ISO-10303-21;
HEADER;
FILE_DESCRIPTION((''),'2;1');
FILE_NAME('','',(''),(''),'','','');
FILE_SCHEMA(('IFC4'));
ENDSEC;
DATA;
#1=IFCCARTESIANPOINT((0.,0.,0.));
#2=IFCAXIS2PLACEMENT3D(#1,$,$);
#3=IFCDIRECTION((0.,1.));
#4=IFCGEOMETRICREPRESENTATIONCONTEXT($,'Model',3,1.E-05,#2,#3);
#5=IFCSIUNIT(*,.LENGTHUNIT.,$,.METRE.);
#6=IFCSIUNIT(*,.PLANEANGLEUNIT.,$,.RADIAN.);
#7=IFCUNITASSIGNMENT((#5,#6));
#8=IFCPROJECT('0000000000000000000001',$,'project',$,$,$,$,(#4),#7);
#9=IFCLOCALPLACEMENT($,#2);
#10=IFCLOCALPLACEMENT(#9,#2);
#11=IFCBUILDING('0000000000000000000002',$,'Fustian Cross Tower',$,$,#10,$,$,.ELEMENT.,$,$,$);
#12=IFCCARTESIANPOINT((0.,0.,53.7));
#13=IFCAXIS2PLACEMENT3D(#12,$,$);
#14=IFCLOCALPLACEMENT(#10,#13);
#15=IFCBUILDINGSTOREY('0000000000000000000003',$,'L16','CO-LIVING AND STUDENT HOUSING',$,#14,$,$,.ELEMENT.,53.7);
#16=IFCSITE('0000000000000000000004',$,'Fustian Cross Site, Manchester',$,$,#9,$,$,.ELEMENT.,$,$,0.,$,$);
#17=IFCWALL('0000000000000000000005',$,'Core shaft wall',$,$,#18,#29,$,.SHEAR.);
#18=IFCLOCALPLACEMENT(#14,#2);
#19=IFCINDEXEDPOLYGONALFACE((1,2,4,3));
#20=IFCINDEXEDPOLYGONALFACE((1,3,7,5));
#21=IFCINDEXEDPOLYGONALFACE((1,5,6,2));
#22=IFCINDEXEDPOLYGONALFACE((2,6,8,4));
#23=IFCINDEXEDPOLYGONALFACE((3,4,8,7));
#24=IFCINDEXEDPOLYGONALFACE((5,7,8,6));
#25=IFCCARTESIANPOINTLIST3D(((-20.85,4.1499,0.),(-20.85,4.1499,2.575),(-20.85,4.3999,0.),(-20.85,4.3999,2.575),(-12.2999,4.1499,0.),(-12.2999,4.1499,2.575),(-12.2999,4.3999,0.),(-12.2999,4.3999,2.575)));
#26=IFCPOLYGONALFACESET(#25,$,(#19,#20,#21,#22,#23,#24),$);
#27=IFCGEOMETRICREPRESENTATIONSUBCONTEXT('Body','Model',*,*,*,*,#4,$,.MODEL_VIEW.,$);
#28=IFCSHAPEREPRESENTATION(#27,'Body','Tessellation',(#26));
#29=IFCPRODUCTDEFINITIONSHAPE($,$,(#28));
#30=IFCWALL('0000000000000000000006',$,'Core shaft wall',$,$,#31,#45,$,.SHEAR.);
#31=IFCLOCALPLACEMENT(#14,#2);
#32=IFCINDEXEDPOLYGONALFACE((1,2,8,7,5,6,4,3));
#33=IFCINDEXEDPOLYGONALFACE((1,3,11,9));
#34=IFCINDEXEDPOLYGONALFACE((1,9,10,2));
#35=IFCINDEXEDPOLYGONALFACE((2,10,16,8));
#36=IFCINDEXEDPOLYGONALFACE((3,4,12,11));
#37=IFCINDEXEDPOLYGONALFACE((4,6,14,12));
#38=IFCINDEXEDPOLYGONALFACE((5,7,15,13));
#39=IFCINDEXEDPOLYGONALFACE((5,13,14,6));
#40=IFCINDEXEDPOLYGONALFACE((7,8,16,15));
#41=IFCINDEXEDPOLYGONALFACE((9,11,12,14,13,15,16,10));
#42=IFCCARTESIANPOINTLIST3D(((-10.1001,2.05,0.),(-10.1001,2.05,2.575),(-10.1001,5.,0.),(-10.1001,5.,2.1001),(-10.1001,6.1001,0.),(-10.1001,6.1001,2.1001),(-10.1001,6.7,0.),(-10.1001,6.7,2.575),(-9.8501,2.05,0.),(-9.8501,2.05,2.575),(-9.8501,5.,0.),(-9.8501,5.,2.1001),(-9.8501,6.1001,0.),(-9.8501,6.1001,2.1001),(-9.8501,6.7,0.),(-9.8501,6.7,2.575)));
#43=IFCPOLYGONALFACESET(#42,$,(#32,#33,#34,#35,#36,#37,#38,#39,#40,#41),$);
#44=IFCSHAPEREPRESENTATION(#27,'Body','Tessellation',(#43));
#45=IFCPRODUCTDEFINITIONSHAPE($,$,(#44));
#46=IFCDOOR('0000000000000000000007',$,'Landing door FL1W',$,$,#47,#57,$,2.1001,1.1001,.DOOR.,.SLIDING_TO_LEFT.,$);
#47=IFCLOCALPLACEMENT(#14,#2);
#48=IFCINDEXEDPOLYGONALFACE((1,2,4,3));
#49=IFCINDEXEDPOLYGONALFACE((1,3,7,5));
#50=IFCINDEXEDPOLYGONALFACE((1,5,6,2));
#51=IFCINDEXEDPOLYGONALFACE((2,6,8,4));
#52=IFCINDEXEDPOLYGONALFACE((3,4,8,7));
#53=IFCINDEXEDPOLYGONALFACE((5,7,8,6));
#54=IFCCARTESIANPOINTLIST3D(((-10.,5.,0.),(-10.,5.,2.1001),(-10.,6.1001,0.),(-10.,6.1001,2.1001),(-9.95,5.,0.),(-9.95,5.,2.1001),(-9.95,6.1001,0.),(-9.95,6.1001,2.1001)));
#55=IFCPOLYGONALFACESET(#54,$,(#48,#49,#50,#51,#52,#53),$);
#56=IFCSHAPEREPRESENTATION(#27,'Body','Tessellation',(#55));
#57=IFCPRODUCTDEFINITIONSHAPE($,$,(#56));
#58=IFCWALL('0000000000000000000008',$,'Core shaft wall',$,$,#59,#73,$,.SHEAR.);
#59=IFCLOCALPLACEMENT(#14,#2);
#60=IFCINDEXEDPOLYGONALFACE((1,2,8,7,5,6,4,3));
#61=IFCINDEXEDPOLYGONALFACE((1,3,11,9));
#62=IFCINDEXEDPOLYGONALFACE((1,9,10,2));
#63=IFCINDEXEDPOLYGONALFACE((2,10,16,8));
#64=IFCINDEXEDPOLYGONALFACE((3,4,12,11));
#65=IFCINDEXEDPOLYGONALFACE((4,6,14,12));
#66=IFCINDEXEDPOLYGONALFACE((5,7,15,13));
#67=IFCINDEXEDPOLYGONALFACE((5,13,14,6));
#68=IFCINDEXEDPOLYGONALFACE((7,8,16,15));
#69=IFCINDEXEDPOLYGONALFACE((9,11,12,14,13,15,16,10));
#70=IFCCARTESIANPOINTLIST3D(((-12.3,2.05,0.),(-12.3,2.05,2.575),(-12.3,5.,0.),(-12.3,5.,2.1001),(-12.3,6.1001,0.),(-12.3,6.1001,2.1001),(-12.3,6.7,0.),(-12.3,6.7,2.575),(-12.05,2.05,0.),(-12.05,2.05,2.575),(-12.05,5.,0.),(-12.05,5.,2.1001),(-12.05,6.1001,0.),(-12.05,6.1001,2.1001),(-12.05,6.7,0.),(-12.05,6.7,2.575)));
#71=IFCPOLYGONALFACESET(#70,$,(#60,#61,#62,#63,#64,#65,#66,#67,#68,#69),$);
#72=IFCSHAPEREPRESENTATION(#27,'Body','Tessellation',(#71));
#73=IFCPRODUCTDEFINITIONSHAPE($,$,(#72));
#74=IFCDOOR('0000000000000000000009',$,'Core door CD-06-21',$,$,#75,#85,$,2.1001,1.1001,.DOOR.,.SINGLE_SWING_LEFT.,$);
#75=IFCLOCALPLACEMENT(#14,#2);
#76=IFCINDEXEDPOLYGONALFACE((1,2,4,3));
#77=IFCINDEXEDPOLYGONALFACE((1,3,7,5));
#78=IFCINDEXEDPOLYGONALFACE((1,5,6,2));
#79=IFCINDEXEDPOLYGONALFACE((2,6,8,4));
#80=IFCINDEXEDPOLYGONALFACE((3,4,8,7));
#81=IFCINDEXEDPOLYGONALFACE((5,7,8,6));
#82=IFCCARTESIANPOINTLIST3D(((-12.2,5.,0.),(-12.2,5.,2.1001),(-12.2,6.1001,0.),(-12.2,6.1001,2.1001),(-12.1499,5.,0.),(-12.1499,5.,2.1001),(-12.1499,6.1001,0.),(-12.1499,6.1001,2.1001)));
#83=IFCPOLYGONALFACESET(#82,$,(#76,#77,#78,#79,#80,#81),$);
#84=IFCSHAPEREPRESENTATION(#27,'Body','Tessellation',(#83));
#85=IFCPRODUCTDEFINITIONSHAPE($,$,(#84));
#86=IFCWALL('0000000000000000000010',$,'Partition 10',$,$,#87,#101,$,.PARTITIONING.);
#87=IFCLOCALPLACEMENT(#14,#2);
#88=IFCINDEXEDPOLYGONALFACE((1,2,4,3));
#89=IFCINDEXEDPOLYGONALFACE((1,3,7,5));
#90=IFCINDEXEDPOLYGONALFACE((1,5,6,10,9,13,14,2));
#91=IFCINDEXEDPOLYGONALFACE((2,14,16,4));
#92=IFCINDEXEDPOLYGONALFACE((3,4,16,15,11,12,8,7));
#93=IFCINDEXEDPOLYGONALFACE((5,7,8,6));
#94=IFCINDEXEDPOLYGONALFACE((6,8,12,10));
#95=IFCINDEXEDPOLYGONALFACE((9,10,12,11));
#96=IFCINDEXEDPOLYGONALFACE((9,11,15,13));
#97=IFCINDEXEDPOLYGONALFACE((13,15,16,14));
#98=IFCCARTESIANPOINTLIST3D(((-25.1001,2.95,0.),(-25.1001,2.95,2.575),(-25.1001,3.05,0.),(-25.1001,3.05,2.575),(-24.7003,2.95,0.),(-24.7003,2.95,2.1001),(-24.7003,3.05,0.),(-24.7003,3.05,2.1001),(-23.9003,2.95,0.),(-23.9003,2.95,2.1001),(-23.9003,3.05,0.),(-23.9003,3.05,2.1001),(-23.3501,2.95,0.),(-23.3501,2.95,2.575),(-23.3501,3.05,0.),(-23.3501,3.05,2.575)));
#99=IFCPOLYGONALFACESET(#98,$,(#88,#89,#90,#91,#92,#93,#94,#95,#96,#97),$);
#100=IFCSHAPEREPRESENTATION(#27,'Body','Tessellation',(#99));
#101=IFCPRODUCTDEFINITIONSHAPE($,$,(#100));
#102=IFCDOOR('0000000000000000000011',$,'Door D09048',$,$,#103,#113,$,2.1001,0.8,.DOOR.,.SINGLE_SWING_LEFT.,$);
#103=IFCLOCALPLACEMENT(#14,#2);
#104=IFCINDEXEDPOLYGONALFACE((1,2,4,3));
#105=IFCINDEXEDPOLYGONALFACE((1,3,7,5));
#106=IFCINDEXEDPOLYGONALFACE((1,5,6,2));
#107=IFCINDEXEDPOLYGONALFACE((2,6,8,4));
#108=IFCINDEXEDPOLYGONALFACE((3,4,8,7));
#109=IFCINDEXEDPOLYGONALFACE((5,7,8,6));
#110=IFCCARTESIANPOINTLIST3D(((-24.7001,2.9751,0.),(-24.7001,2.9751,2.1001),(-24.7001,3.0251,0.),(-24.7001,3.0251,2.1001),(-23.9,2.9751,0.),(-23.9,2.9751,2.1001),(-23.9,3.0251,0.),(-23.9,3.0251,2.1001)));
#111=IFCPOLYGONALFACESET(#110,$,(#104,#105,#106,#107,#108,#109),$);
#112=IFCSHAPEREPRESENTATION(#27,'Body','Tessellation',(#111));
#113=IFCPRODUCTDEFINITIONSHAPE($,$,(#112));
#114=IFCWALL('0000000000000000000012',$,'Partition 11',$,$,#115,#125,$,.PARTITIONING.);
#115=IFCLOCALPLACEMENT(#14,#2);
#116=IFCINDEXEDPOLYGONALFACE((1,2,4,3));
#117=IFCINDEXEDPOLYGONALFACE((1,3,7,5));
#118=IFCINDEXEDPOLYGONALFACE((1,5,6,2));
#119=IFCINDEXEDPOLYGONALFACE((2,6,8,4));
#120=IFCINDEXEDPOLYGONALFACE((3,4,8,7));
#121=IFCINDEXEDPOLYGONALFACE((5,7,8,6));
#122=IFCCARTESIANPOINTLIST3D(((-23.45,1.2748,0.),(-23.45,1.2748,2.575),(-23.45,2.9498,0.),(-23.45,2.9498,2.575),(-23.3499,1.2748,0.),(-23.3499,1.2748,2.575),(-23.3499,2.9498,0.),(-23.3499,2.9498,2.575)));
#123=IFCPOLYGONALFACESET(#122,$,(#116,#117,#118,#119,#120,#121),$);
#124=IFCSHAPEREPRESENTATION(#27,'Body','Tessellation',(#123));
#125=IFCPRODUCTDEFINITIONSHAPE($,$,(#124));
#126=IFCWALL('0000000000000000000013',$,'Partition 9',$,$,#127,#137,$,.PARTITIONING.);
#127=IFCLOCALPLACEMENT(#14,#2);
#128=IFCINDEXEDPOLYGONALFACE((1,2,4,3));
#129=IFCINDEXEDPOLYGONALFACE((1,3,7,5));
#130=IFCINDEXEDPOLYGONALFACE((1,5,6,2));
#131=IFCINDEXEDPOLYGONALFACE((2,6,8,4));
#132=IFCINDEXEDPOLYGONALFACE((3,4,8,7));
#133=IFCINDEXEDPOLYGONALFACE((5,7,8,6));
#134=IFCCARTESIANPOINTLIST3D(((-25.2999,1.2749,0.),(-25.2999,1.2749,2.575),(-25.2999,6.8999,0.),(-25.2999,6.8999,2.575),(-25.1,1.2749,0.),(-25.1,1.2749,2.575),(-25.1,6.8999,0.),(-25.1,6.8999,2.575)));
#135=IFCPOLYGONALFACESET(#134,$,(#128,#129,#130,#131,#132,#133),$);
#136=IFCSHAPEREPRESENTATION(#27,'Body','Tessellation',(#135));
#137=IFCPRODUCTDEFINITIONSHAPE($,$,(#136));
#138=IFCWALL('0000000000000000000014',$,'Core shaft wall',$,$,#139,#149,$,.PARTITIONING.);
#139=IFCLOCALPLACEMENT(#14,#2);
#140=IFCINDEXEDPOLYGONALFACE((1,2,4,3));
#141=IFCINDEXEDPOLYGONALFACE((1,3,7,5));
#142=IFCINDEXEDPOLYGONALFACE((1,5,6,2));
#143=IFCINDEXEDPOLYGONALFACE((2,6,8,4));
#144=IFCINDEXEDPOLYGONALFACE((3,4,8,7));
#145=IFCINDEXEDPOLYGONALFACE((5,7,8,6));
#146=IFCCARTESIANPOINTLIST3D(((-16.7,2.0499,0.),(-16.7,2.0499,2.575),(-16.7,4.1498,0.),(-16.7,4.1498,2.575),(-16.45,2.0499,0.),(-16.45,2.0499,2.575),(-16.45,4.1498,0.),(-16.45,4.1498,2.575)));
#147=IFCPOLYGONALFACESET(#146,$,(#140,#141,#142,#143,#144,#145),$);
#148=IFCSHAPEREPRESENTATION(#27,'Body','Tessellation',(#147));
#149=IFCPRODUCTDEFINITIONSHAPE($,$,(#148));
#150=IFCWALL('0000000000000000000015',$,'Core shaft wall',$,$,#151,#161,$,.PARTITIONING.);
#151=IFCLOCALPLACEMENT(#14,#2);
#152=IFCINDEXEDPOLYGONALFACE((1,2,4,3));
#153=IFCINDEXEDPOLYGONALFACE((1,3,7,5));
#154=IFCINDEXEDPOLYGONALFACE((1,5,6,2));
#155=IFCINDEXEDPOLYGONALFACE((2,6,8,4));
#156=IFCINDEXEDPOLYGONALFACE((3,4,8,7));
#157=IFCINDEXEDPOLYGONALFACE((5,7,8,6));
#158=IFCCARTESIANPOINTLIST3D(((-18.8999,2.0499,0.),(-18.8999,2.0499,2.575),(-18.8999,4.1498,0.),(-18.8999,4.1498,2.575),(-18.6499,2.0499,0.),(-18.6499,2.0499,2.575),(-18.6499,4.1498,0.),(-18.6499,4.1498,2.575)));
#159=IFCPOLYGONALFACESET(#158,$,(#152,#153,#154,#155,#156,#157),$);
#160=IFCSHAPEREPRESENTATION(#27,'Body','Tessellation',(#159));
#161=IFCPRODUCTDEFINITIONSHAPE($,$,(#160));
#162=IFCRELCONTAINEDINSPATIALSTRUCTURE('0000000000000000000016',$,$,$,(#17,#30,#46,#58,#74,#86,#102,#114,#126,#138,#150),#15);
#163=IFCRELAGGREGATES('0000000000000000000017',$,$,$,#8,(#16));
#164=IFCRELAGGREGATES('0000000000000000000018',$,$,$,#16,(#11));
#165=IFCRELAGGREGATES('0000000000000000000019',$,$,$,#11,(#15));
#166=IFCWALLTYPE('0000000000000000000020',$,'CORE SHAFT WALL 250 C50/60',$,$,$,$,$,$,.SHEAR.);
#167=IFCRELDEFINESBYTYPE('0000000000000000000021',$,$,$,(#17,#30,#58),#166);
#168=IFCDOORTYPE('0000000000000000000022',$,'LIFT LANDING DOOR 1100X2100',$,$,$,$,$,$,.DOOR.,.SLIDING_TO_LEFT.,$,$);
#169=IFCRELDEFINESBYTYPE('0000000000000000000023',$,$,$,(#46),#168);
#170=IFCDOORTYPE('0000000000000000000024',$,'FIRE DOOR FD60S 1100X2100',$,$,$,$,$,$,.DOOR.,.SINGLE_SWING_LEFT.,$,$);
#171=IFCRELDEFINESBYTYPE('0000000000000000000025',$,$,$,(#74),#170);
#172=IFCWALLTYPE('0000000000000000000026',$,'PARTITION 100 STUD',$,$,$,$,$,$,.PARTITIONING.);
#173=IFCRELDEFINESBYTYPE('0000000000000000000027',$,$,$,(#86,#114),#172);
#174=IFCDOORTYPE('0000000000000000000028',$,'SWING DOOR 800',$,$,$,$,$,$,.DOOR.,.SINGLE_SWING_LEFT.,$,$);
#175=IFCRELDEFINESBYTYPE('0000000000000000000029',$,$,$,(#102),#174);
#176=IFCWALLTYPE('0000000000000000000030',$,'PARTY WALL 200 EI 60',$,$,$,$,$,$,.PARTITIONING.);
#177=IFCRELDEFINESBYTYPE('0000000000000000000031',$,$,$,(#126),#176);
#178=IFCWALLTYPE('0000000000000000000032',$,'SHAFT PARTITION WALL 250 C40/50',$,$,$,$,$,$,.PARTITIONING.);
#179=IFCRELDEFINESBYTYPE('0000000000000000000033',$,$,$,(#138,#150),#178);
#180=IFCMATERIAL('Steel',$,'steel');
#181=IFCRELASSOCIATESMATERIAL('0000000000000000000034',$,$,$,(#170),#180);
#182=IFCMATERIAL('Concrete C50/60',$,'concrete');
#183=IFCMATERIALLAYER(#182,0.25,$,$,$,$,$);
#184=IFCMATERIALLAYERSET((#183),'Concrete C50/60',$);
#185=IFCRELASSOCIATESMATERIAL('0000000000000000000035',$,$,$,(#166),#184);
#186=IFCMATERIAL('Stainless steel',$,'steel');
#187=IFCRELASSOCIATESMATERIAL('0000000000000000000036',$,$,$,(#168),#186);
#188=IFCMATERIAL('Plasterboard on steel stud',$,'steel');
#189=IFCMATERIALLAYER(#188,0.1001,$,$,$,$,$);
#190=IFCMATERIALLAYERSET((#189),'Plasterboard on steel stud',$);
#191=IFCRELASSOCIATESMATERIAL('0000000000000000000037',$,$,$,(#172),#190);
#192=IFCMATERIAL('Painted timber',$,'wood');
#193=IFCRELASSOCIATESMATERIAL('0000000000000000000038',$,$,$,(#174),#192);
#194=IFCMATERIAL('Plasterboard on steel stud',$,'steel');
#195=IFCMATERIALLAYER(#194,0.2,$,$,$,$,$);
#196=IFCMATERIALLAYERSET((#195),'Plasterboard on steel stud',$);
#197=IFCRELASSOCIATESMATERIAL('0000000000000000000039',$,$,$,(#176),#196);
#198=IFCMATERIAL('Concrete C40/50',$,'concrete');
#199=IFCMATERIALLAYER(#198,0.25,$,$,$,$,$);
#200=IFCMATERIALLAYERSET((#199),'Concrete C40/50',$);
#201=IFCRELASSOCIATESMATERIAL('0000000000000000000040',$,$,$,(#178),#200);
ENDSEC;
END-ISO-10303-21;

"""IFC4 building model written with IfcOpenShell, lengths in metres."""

from ifc_helpers import new_model, si_unit, direction, frame, frame_2d, origin, place, context, subcontext, project, spatial, rectangle, extrude, material, layer, layer_set, type_object, element, fill, save


model = new_model("IFC4")

# Units and contexts
model_context = context("Model", 3, precision=1e-05, world=origin(), true_north=direction((0.0, 1.0)))
body_context = subcontext(model_context, "Body", "Model", "MODEL_VIEW")
ifc_project = project(units=[si_unit("LENGTHUNIT", "METRE"), si_unit("PLANEANGLEUNIT", "RADIAN")], contexts=[model_context])

# Site, building, storey
site_placement = place(None, origin())
site = spatial("IfcSite", under=ifc_project, at=site_placement, Name="Fustian Cross Site, Manchester", CompositionType="ELEMENT", RefElevation=0.0)
building_placement = place(site_placement, origin())
building = spatial("IfcBuilding", under=site, at=building_placement, Name="Fustian Cross Tower", CompositionType="ELEMENT")
storey_placement = place(building_placement, frame((0.0, 0.0, 53.7)))
storey = spatial("IfcBuildingStorey", under=building, at=storey_placement, Name="L16", Description="CO-LIVING AND STUDENT HOUSING", CompositionType="ELEMENT", Elevation=53.7)

# Shared definitions
ifc_material_1 = material(Name="Steel", Category="steel")
door_type_1 = type_object("IfcDoorType", Name="FIRE DOOR FD60S 1100X2100", OperationType="SINGLE_SWING_LEFT", PredefinedType="DOOR", material=ifc_material_1)

# Wall
ifc_material_2 = material(Name="Concrete C50/60", Category="concrete")
ifc_layer_1 = layer(ifc_material_2, 0.25)
ifc_layer_set_1 = layer_set([ifc_layer_1], Name="Concrete C50/60")
wall_type_1 = type_object("IfcWallType", Name="CORE SHAFT WALL 250 C50/60", PredefinedType="SHEAR", material=ifc_layer_set_1)
wall_1_placement = place(storey_placement, frame((-12.3, 4.2749, 0.0), z_axis=(0.0, 0.0, 1.0), x_axis=(-1.0, 0.0, 0.0)))
element("IfcWall", 1, at=wall_1_placement, inside=storey, type_object=wall_type_1, Name="Core shaft wall", PredefinedType="SHEAR", context=body_context, shape_type="SweptSolid", body=[
    extrude(rectangle(XDim=8.55, YDim=0.25, at=frame_2d((4.2749, 0.0))), origin(), (0.0, 0.0, 1.0), 2.575),
])

# Walls, openings, doors
wall_2_placement = place(storey_placement, frame((-9.9751, 2.05, 0.0), z_axis=(0.0, 0.0, 1.0), x_axis=(0.0, 1.0, 0.0)))
wall_2 = element("IfcWall", 2, at=wall_2_placement, inside=storey, type_object=wall_type_1, Name="Core shaft wall", PredefinedType="SHEAR", context=body_context, shape_type="SweptSolid", body=[
    extrude(rectangle(XDim=4.6499, YDim=0.25, at=frame_2d((2.325, 0.0))), origin(), (0.0, 0.0, 1.0), 2.575),
])
opening_1_placement = place(wall_2_placement, frame((2.95, 0.0, 0.0)))
opening_1 = element("IfcOpeningElement", 3, at=opening_1_placement, cuts=wall_2, PredefinedType="OPENING", context=body_context, shape_type="SweptSolid", body=[
    extrude(rectangle(XDim=1.1001, YDim=2.1001, at=frame_2d((0.55, 1.05))), frame((0.0, 0.135, 0.0), z_axis=(0.0, -1.0, 0.0), x_axis=(1.0, 0.0, 0.0)), (0.0, 0.0, 1.0), 0.27),
])
ifc_material_3 = material(Name="Stainless steel", Category="steel")
door_type_2 = type_object("IfcDoorType", Name="LIFT LANDING DOOR 1100X2100", OperationType="SLIDING_TO_LEFT", PredefinedType="DOOR", material=ifc_material_3)
door_1_placement = place(opening_1_placement, origin())
door_1 = element("IfcDoor", 4, at=door_1_placement, inside=storey, type_object=door_type_2, Name="Landing door FL1W", OperationType="SLIDING_TO_LEFT", OverallHeight=2.1001, OverallWidth=1.1001, PredefinedType="DOOR", context=body_context, shape_type="SweptSolid", body=[
    extrude(rectangle(XDim=1.1001, YDim=2.1001, at=frame_2d((0.55, 1.05))), frame((0.0, 0.0249, 0.0), z_axis=(0.0, -1.0, 0.0), x_axis=(1.0, 0.0, 0.0)), (0.0, 0.0, 1.0), 0.05),
])
fill(opening_1, door_1)
wall_3_placement = place(storey_placement, frame((-12.175, 2.05, 0.0), z_axis=(0.0, 0.0, 1.0), x_axis=(0.0, 1.0, 0.0)))
wall_3 = element("IfcWall", 5, at=wall_3_placement, inside=storey, type_object=wall_type_1, Name="Core shaft wall", PredefinedType="SHEAR", context=body_context, shape_type="SweptSolid", body=[
    extrude(rectangle(XDim=4.6499, YDim=0.25, at=frame_2d((2.325, 0.0))), origin(), (0.0, 0.0, 1.0), 2.575),
])
opening_2_placement = place(wall_3_placement, frame((2.95, 0.0, 0.0)))
opening_2 = element("IfcOpeningElement", 6, at=opening_2_placement, cuts=wall_3, PredefinedType="OPENING", context=body_context, shape_type="SweptSolid", body=[
    extrude(rectangle(XDim=1.1001, YDim=2.1001, at=frame_2d((0.55, 1.05))), frame((0.0, 0.135, 0.0), z_axis=(0.0, -1.0, 0.0), x_axis=(1.0, 0.0, 0.0)), (0.0, 0.0, 1.0), 0.27),
])
door_2_placement = place(opening_2_placement, origin())
door_2 = element("IfcDoor", 7, at=door_2_placement, inside=storey, type_object=door_type_1, Name="Core door CD-06-21", OperationType="SINGLE_SWING_LEFT", OverallHeight=2.1001, OverallWidth=1.1001, PredefinedType="DOOR", context=body_context, shape_type="SweptSolid", body=[
    extrude(rectangle(XDim=1.1001, YDim=2.1001, at=frame_2d((0.55, 1.05))), frame((0.0, 0.0249, 0.0), z_axis=(0.0, -1.0, 0.0), x_axis=(1.0, 0.0, 0.0)), (0.0, 0.0, 1.0), 0.05),
])
fill(opening_2, door_2)
ifc_material_4 = material(Name="Plasterboard on steel stud", Category="steel")
ifc_layer_2 = layer(ifc_material_4, 0.1001)
ifc_layer_set_2 = layer_set([ifc_layer_2], Name="Plasterboard on steel stud")
wall_type_2 = type_object("IfcWallType", Name="PARTITION 100 STUD", PredefinedType="PARTITIONING", material=ifc_layer_set_2)
wall_4_placement = place(storey_placement, frame((-25.1001, 3.0, 0.0), z_axis=(0.0, 0.0, 1.0), x_axis=(1.0, 0.0, 0.0)))
wall_4 = element("IfcWall", 8, at=wall_4_placement, inside=storey, type_object=wall_type_2, Name="Partition 10", PredefinedType="PARTITIONING", context=body_context, shape_type="SweptSolid", body=[
    extrude(rectangle(XDim=1.75, YDim=0.1001, at=frame_2d((0.875, 0.0))), origin(), (0.0, 0.0, 1.0), 2.575),
])
opening_3_placement = place(wall_4_placement, frame((0.3999, 0.0, 0.0)))
opening_3 = element("IfcOpeningElement", 9, at=opening_3_placement, cuts=wall_4, PredefinedType="OPENING", context=body_context, shape_type="SweptSolid", body=[
    extrude(rectangle(XDim=0.8, YDim=2.1001, at=frame_2d((0.3999, 1.05))), frame((0.0, 0.0601, 0.0), z_axis=(0.0, -1.0, 0.0), x_axis=(1.0, 0.0, 0.0)), (0.0, 0.0, 1.0), 0.1201),
])
ifc_material_5 = material(Name="Painted timber", Category="wood")
door_type_3 = type_object("IfcDoorType", Name="SWING DOOR 800", OperationType="SINGLE_SWING_LEFT", PredefinedType="DOOR", material=ifc_material_5)
door_3_placement = place(opening_3_placement, frame((0.8, 0.0, 0.0), z_axis=(0.0, 0.0, 1.0), x_axis=(-1.0, 0.0, 0.0)))
door_3 = element("IfcDoor", 10, at=door_3_placement, inside=storey, type_object=door_type_3, Name="Door D09048", OperationType="SINGLE_SWING_LEFT", OverallHeight=2.1001, OverallWidth=0.8, PredefinedType="DOOR", context=body_context, shape_type="SweptSolid", body=[
    extrude(rectangle(XDim=0.8, YDim=2.1001, at=frame_2d((0.3999, 1.05))), frame((0.0, 0.0249, 0.0), z_axis=(0.0, -1.0, 0.0), x_axis=(1.0, 0.0, 0.0)), (0.0, 0.0, 1.0), 0.05),
])
fill(opening_3, door_3)

# Walls
wall_5_placement = place(storey_placement, frame((-23.3999, 1.2749, 0.0), z_axis=(0.0, 0.0, 1.0), x_axis=(0.0, 1.0, 0.0)))
element("IfcWall", 11, at=wall_5_placement, inside=storey, type_object=wall_type_2, Name="Partition 11", PredefinedType="PARTITIONING", context=body_context, shape_type="SweptSolid", body=[
    extrude(rectangle(XDim=1.675, YDim=0.1001, at=frame_2d((0.8374, 0.0))), origin(), (0.0, 0.0, 1.0), 2.575),
])
ifc_material_6 = material(Name="Plasterboard on steel stud", Category="steel")
ifc_layer_3 = layer(ifc_material_6, 0.2)
ifc_layer_set_3 = layer_set([ifc_layer_3], Name="Plasterboard on steel stud")
wall_type_3 = type_object("IfcWallType", Name="PARTY WALL 200 EI 60", PredefinedType="PARTITIONING", material=ifc_layer_set_3)
wall_6_placement = place(storey_placement, frame((-25.2, 1.2749, 0.0), z_axis=(0.0, 0.0, 1.0), x_axis=(0.0, 1.0, 0.0)))
element("IfcWall", 12, at=wall_6_placement, inside=storey, type_object=wall_type_3, Name="Partition 9", PredefinedType="PARTITIONING", context=body_context, shape_type="SweptSolid", body=[
    extrude(rectangle(XDim=5.625, YDim=0.2, at=frame_2d((2.8125, 0.0))), origin(), (0.0, 0.0, 1.0), 2.575),
])
ifc_material_7 = material(Name="Concrete C40/50", Category="concrete")
ifc_layer_4 = layer(ifc_material_7, 0.25)
ifc_layer_set_4 = layer_set([ifc_layer_4], Name="Concrete C40/50")
wall_type_4 = type_object("IfcWallType", Name="SHAFT PARTITION WALL 250 C40/50", PredefinedType="PARTITIONING", material=ifc_layer_set_4)
for number, where, z_axis, x_axis, name in (
    (13, (-16.575, 2.05, 0.0), (0.0, 0.0, 1.0), (0.0, 1.0, 0.0), "Core shaft wall"),
    (14, (-18.7749, 2.05, 0.0), (0.0, 0.0, 1.0), (0.0, 1.0, 0.0), "Core shaft wall"),
):
    element("IfcWall", number, at=place(storey_placement, frame(where, z_axis=z_axis, x_axis=x_axis)), inside=storey, type_object=wall_type_4, Name=name, PredefinedType="PARTITIONING", context=body_context, shape_type="SweptSolid", body=[
        extrude(rectangle(XDim=2.0999, YDim=0.25, at=frame_2d((1.0498, 0.0))), origin(), (0.0, 0.0, 1.0), 2.575),
    ])

save(model, "model.ifc")
